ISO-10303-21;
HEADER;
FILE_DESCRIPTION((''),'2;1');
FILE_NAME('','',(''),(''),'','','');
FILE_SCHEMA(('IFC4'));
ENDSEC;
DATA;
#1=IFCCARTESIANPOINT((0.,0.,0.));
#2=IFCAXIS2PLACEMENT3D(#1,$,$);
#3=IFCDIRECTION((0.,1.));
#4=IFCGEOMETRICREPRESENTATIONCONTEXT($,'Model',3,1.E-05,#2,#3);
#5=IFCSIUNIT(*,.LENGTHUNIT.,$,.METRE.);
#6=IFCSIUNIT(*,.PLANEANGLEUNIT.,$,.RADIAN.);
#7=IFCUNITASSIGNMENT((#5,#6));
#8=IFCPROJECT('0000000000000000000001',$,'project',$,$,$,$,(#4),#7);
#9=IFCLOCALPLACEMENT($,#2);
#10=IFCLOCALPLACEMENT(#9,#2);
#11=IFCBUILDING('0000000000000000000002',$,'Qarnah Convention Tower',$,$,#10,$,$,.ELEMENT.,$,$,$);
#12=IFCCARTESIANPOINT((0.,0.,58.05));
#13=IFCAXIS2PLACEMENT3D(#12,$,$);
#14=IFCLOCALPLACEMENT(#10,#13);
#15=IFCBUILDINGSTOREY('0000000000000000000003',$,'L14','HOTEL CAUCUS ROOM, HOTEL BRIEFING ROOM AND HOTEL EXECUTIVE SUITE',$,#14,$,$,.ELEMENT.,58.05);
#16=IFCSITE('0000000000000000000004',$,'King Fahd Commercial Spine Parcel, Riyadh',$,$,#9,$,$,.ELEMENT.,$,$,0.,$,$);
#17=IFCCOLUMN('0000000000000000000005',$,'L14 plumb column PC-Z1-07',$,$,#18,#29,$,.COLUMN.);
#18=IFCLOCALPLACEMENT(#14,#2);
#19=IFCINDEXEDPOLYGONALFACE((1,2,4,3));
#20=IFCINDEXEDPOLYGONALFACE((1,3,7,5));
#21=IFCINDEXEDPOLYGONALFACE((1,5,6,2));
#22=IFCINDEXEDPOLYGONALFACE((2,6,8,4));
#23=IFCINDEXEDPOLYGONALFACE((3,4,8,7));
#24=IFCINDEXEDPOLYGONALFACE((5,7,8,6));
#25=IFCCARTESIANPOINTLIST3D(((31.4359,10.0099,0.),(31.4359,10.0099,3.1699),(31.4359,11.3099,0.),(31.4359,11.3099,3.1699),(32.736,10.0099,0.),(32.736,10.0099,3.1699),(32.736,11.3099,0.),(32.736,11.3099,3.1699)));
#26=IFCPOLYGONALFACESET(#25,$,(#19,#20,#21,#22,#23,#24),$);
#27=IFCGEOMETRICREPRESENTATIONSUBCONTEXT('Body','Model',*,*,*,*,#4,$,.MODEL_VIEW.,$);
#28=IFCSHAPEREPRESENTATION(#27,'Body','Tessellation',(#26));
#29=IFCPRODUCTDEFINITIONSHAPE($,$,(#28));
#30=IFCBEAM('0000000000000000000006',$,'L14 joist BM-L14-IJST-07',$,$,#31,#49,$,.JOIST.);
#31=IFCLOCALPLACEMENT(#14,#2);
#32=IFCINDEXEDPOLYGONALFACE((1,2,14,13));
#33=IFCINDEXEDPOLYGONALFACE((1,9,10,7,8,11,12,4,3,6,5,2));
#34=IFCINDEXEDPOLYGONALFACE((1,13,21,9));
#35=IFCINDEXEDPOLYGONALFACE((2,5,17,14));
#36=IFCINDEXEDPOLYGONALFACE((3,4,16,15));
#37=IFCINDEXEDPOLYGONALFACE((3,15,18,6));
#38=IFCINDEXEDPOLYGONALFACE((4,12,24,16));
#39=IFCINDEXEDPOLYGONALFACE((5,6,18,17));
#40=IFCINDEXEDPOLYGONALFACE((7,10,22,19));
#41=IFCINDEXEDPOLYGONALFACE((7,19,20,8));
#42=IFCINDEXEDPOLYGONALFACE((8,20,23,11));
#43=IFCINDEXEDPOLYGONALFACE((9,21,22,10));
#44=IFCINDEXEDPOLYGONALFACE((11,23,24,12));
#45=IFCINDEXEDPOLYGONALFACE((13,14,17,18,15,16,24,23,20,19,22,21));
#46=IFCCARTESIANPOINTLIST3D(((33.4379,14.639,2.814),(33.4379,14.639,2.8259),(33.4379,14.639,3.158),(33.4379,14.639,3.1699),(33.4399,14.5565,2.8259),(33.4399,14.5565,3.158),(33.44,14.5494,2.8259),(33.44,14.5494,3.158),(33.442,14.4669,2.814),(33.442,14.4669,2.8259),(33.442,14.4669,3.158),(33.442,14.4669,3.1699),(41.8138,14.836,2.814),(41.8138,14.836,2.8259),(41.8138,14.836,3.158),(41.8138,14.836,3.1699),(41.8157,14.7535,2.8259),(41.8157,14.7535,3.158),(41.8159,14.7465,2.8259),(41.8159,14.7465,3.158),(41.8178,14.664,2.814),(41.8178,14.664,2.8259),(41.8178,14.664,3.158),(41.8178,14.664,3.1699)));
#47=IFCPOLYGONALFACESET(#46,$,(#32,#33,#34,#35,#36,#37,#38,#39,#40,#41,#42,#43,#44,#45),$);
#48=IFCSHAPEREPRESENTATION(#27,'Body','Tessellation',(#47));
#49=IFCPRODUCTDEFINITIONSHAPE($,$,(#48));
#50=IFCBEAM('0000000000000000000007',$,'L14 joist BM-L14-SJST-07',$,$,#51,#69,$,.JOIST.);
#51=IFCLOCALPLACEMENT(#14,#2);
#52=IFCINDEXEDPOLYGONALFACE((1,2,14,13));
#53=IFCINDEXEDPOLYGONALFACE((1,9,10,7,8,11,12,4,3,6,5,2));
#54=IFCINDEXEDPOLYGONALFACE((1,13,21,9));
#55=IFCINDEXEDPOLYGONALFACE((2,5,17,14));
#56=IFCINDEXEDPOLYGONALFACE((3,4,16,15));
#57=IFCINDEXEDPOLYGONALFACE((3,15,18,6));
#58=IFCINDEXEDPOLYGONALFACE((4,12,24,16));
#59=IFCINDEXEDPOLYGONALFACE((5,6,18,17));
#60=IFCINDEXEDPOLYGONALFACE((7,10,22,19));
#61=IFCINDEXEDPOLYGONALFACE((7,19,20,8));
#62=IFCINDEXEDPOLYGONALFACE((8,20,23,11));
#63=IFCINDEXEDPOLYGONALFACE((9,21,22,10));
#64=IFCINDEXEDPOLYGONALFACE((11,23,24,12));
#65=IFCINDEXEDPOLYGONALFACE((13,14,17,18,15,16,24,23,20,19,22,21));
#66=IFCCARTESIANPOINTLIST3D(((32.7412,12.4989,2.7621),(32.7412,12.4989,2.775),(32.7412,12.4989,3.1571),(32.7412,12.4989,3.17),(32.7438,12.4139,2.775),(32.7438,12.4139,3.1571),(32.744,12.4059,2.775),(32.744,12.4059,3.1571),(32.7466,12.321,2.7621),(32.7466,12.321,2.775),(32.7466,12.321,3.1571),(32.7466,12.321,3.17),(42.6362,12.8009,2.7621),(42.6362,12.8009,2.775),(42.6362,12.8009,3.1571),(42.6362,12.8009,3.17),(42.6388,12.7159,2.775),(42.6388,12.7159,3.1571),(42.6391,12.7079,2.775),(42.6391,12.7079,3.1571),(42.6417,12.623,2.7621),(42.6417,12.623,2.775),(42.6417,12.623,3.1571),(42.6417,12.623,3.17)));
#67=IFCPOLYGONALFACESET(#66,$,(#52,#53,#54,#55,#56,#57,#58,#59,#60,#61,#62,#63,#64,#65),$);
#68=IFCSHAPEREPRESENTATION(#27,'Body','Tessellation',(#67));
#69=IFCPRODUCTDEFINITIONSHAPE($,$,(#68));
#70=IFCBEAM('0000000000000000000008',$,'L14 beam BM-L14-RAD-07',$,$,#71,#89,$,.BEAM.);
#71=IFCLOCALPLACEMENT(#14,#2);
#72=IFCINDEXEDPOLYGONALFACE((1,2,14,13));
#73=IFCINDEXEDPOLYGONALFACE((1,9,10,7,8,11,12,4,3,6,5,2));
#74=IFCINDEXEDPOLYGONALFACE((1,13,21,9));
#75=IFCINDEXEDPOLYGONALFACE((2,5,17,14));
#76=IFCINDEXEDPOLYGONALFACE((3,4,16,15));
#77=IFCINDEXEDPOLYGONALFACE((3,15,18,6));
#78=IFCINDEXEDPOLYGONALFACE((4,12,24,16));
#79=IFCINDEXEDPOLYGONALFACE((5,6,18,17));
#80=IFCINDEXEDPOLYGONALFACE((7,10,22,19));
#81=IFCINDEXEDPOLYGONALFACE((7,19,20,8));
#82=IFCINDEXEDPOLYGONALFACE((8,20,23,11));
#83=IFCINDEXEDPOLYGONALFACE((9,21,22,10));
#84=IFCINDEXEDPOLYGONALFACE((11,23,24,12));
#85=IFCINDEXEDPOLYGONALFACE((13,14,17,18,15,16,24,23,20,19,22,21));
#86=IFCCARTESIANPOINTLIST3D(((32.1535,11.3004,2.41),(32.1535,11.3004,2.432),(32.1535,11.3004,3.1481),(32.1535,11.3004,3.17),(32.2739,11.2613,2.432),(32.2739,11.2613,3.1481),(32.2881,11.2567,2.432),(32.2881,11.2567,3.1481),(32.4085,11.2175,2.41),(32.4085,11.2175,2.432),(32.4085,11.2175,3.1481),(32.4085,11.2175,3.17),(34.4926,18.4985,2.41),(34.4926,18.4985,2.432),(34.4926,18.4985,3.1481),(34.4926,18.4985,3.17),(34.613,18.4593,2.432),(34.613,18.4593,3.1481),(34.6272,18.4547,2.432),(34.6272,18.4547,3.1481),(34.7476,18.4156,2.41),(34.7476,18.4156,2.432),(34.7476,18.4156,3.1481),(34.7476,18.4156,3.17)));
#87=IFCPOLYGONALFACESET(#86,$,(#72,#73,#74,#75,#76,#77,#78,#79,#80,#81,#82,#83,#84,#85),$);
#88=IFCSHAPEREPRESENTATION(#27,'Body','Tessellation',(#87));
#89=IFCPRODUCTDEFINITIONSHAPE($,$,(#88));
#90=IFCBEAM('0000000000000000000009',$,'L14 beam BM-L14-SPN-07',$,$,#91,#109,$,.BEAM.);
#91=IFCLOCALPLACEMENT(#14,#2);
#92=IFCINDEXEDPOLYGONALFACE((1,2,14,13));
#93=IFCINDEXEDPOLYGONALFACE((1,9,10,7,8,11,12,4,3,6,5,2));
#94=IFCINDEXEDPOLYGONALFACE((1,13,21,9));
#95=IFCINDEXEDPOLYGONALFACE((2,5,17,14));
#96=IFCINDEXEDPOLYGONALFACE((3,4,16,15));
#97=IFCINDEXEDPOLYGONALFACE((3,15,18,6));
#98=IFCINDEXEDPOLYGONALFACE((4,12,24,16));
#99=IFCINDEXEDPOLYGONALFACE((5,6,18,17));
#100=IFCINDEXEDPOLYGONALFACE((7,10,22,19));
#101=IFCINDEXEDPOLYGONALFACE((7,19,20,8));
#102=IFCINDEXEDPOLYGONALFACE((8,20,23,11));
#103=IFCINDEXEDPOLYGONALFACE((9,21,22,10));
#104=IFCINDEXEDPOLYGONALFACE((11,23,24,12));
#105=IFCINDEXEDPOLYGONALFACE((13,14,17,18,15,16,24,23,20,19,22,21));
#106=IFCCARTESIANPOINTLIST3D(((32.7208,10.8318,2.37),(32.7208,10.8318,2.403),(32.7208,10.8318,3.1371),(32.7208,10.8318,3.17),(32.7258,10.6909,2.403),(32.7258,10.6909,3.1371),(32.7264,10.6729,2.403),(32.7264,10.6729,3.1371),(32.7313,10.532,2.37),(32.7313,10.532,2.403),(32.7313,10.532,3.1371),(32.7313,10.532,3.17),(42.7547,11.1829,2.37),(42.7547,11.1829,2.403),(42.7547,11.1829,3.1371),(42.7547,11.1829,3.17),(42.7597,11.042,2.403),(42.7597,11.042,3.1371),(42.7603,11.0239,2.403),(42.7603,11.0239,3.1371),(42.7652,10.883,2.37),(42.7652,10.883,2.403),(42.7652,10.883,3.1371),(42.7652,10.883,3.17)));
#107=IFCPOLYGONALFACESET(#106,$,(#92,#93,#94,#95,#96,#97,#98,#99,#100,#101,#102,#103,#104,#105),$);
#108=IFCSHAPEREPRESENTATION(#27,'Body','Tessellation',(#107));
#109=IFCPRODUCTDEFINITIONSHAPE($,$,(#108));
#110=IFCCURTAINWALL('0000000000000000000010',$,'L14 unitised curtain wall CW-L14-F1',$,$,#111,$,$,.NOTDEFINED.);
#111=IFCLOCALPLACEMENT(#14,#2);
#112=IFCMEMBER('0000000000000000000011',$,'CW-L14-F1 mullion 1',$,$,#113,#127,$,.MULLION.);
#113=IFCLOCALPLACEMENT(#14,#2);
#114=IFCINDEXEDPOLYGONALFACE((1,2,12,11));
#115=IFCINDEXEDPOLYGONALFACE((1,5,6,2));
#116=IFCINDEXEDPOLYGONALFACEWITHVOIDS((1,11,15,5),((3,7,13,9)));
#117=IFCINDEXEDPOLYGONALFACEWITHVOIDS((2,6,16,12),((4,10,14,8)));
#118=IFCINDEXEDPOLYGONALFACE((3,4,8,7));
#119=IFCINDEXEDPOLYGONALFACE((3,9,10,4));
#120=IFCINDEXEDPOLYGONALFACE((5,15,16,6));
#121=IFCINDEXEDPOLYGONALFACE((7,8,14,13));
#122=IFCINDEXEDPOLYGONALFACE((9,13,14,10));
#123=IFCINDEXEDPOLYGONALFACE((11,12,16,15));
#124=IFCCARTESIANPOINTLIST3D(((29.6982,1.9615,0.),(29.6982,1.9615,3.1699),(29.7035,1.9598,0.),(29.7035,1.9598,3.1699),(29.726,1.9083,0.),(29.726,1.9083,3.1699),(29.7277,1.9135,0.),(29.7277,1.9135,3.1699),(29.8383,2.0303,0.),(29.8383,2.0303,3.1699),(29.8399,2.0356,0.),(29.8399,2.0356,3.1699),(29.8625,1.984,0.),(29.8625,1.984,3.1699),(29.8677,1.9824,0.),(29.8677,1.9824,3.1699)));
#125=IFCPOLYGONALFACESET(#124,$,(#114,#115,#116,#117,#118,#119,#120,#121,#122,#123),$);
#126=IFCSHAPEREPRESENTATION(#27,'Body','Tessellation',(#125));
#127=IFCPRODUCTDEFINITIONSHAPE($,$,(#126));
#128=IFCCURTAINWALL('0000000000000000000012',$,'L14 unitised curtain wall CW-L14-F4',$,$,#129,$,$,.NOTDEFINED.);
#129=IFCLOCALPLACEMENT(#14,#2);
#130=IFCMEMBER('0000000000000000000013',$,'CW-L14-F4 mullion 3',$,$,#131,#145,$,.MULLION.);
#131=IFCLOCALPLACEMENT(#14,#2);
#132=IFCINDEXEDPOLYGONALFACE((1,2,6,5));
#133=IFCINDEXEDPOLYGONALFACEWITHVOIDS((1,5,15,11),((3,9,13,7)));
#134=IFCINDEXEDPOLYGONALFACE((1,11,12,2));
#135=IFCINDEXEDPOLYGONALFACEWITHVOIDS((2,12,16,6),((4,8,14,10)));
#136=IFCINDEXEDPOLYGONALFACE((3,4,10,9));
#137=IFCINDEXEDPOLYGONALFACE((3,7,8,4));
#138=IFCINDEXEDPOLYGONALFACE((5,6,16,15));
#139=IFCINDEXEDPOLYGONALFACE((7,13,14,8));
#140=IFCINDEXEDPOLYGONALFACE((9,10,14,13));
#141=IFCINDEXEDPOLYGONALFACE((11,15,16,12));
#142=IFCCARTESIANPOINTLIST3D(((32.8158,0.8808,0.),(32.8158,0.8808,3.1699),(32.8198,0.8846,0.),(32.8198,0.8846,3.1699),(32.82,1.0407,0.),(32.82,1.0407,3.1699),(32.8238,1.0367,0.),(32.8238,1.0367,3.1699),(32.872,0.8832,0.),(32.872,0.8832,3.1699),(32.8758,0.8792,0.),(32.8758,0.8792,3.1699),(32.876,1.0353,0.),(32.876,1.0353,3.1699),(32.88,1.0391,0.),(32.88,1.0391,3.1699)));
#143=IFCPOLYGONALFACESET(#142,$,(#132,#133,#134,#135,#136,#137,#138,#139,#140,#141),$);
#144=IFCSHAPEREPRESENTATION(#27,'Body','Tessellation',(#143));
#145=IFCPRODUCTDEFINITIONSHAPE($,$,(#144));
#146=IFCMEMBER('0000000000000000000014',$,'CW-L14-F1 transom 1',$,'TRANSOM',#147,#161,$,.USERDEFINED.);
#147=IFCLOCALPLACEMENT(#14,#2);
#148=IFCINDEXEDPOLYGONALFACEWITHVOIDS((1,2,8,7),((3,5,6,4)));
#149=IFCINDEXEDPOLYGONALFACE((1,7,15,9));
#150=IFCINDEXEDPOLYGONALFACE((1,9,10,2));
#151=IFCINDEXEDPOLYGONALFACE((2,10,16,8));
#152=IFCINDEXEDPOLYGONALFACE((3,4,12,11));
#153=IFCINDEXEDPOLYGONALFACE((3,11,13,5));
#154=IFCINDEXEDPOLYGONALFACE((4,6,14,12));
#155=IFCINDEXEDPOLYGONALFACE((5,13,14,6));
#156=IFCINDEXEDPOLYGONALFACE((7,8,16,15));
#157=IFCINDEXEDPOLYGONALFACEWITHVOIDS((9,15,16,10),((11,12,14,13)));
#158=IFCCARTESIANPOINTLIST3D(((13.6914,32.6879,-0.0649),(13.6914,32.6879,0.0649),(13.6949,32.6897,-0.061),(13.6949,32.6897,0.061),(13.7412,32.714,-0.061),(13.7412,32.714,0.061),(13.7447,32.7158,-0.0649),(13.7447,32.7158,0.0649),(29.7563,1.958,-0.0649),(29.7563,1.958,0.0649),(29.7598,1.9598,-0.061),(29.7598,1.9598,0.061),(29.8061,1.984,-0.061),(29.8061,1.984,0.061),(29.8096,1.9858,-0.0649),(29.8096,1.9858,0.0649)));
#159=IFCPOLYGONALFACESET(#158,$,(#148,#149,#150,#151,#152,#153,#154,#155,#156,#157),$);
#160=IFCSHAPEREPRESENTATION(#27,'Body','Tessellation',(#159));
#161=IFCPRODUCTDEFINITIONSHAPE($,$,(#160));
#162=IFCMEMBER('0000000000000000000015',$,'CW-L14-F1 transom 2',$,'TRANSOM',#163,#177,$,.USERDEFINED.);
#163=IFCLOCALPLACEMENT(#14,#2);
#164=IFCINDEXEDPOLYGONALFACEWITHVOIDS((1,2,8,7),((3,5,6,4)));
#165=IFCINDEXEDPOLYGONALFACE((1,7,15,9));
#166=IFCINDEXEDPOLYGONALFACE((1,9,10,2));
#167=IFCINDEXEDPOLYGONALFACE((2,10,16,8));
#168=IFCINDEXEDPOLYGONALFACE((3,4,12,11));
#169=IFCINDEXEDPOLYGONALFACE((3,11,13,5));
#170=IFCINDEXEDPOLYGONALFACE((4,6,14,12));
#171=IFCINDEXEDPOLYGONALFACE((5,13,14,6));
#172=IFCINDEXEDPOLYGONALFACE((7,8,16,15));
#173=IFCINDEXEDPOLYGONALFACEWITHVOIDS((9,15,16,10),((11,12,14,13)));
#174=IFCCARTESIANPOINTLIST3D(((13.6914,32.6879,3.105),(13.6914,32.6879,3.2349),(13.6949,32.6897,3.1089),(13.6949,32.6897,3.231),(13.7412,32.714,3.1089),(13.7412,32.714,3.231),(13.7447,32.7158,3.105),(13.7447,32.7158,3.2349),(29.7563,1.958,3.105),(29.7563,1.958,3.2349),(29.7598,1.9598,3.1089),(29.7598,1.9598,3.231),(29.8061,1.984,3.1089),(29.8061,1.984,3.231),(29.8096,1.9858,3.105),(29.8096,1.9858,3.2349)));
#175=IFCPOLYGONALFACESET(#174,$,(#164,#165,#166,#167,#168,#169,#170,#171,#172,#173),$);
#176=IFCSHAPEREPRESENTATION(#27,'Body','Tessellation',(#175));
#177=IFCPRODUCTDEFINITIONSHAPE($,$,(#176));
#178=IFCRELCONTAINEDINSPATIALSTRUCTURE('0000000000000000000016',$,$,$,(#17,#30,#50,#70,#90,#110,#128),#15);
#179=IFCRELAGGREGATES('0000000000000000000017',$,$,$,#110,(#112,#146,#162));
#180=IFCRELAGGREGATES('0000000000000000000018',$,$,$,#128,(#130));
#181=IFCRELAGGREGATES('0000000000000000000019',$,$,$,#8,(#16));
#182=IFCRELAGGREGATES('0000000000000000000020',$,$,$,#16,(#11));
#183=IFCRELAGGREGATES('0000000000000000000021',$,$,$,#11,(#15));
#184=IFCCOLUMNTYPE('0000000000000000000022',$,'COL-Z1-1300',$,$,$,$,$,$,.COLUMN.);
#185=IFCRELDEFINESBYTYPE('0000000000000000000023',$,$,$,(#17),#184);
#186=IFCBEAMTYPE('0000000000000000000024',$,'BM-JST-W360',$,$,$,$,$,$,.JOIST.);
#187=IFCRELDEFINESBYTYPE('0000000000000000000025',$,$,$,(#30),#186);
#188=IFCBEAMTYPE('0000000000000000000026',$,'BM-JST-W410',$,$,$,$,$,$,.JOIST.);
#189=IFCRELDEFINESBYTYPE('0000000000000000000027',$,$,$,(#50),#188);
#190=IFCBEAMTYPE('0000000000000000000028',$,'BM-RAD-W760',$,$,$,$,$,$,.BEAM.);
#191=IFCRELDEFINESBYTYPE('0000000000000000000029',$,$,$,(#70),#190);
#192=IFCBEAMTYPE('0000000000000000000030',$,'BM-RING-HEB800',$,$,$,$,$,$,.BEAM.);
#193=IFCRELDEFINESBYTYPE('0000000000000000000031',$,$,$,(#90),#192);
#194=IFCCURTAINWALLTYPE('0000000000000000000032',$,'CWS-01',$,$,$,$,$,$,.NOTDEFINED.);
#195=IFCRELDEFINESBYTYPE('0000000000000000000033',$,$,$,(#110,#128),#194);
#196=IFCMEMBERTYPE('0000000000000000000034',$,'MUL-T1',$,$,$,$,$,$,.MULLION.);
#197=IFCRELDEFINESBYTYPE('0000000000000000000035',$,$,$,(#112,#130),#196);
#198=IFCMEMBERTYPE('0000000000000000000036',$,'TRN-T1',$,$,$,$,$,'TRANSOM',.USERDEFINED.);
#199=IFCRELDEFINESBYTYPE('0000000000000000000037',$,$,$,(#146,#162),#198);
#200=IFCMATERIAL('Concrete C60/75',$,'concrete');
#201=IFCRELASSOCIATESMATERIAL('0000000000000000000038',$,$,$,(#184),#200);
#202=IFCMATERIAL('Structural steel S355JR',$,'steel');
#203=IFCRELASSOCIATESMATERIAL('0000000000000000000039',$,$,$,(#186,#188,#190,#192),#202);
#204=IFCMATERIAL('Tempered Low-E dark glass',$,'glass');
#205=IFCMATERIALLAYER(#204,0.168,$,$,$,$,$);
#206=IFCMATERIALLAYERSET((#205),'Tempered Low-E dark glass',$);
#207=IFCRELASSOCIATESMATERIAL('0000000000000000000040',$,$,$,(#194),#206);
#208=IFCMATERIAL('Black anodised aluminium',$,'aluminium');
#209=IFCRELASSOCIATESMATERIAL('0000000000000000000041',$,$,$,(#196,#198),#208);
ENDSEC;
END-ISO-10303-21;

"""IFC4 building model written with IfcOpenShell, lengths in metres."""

from ifc_helpers import new_model, si_unit, direction, frame, origin, origin_2d, place, context, subcontext, project, spatial, rectangle, hollow_rectangle, i_section, extrude, material, layer, layer_set, material_profile, profile_set, type_object, element, aggregate, save


model = new_model("IFC4")

# Units and contexts
model_context = context("Model", 3, precision=1e-05, world=origin(), true_north=direction((0.0, 1.0)))
body_context = subcontext(model_context, "Body", "Model", "MODEL_VIEW")
ifc_project = project(units=[si_unit("LENGTHUNIT", "METRE"), si_unit("PLANEANGLEUNIT", "RADIAN")], contexts=[model_context])

# Site, building, storey
site_placement = place(None, origin())
site = spatial("IfcSite", under=ifc_project, at=site_placement, Name="King Fahd Commercial Spine Parcel, Riyadh", CompositionType="ELEMENT", RefElevation=0.0)
building_placement = place(site_placement, origin())
building = spatial("IfcBuilding", under=site, at=building_placement, Name="Qarnah Convention Tower", CompositionType="ELEMENT")
storey_placement = place(building_placement, frame((0.0, 0.0, 58.05)))
storey = spatial("IfcBuildingStorey", under=building, at=storey_placement, Name="L14", Description="HOTEL CAUCUS ROOM, HOTEL BRIEFING ROOM AND HOTEL EXECUTIVE SUITE", CompositionType="ELEMENT", Elevation=58.05)

# Column
ifc_material_1 = material(Name="Concrete C60/75", Category="concrete")
ifc_material_profile_1 = material_profile(ifc_material_1, rectangle(XDim=1.3, YDim=1.3, at=origin_2d()), Name="RC-COL-1300X1300")
ifc_profile_set_1 = profile_set([ifc_material_profile_1], Name="Concrete C60/75")
column_type = type_object("IfcColumnType", Name="COL-Z1-1300", PredefinedType="COLUMN", material=ifc_profile_set_1)
column_placement = place(storey_placement, frame((32.0859, 10.6599, 0.0), z_axis=(0.0, 0.0, 1.0), x_axis=(1.0, 0.0, 0.0)))
element("IfcColumn", 1, at=column_placement, inside=storey, type_object=column_type, Name="L14 plumb column PC-Z1-07", PredefinedType="COLUMN", context=body_context, shape_type="SweptSolid", body=[
    extrude(rectangle(XDim=1.3, YDim=1.3, at=origin_2d()), origin(), (0.0, 0.0, 1.0), 3.1699),
])

# Beams
ifc_material_2 = material(Name="Structural steel S355JR", Category="steel")
ifc_material_profile_2 = material_profile(ifc_material_2, i_section(OverallWidth=0.1721, OverallDepth=0.356, WebThickness=0.0071, FlangeThickness=0.012, at=origin_2d()), Name="W360X51")
ifc_profile_set_2 = profile_set([ifc_material_profile_2], Name="Structural steel S355JR")
beam_type_1 = type_object("IfcBeamType", Name="BM-JST-W360", PredefinedType="JOIST", material=ifc_profile_set_2)
beam_1_placement = place(storey_placement, frame((33.4399, 14.553, 2.9919), z_axis=(0.999723, 0.023516, 0.0), x_axis=(-0.023516, 0.999723, 0.0)))
element("IfcBeam", 2, at=beam_1_placement, inside=storey, type_object=beam_type_1, Name="L14 joist BM-L14-IJST-07", PredefinedType="JOIST", context=body_context, shape_type="SweptSolid", body=[
    extrude(i_section(OverallWidth=0.1721, OverallDepth=0.356, WebThickness=0.0071, FlangeThickness=0.012, at=origin_2d()), origin(), (0.0, 0.0, 1.0), 8.3782),
])
ifc_material_profile_3 = material_profile(ifc_material_2, i_section(OverallWidth=0.178, OverallDepth=0.408, WebThickness=0.0081, FlangeThickness=0.0129, at=origin_2d()), Name="W410X60")
ifc_profile_set_3 = profile_set([ifc_material_profile_3], Name="Structural steel S355JR")
beam_type_2 = type_object("IfcBeamType", Name="BM-JST-W410", PredefinedType="JOIST", material=ifc_profile_set_3)
beam_2_placement = place(storey_placement, frame((32.7439, 12.4099, 2.9661), z_axis=(0.999535, 0.030506, 0.0), x_axis=(-0.030506, 0.999535, 0.0)))
element("IfcBeam", 3, at=beam_2_placement, inside=storey, type_object=beam_type_2, Name="L14 joist BM-L14-SJST-07", PredefinedType="JOIST", context=body_context, shape_type="SweptSolid", body=[
    extrude(i_section(OverallWidth=0.178, OverallDepth=0.408, WebThickness=0.0081, FlangeThickness=0.0129, at=origin_2d()), origin(), (0.0, 0.0, 1.0), 9.8997),
])
ifc_material_profile_4 = material_profile(ifc_material_2, i_section(OverallWidth=0.2681, OverallDepth=0.76, WebThickness=0.0149, FlangeThickness=0.022, at=origin_2d()), Name="W760X185")
ifc_profile_set_4 = profile_set([ifc_material_profile_4], Name="Structural steel S355JR")
beam_type_3 = type_object("IfcBeamType", Name="BM-RAD-W760", PredefinedType="BEAM", material=ifc_profile_set_4)
beam_3_placement = place(storey_placement, frame((34.6201, 18.457, 2.79), z_axis=(-0.309058, -0.951043, 0.0), x_axis=(0.951043, -0.309058, 0.0)))
element("IfcBeam", 4, at=beam_3_placement, inside=storey, type_object=beam_type_3, Name="L14 beam BM-L14-RAD-07", PredefinedType="BEAM", context=body_context, shape_type="SweptSolid", body=[
    extrude(i_section(OverallWidth=0.2681, OverallDepth=0.76, WebThickness=0.0149, FlangeThickness=0.022, at=origin_2d()), origin(), (0.0, 0.0, 1.0), 7.5686),
])
ifc_material_profile_5 = material_profile(ifc_material_2, i_section(OverallWidth=0.3, OverallDepth=0.8, WebThickness=0.0181, FlangeThickness=0.033, at=origin_2d()), Name="HEB800")
ifc_profile_set_5 = profile_set([ifc_material_profile_5], Name="Structural steel S355JR")
beam_type_4 = type_object("IfcBeamType", Name="BM-RING-HEB800", PredefinedType="BEAM", material=ifc_profile_set_5)
beam_4_placement = place(storey_placement, frame((32.7261, 10.6819, 2.77), z_axis=(0.999388, 0.034967, 0.0), x_axis=(-0.034967, 0.999388, 0.0)))
element("IfcBeam", 5, at=beam_4_placement, inside=storey, type_object=beam_type_4, Name="L14 beam BM-L14-SPN-07", PredefinedType="BEAM", context=body_context, shape_type="SweptSolid", body=[
    extrude(i_section(OverallWidth=0.3, OverallDepth=0.8, WebThickness=0.0181, FlangeThickness=0.033, at=origin_2d()), origin(), (0.0, 0.0, 1.0), 10.04),
])

# Curtain walls, members
ifc_material_3 = material(Name="Tempered Low-E dark glass", Category="glass")
ifc_layer_1 = layer(ifc_material_3, 0.168)
ifc_layer_set_1 = layer_set([ifc_layer_1], Name="Tempered Low-E dark glass")
curtain_wall_type = type_object("IfcCurtainWallType", Name="CWS-01", PredefinedType="NOTDEFINED", material=ifc_layer_set_1)
curtain_wall_1_placement = place(storey_placement, origin())
curtain_wall_1 = element("IfcCurtainWall", 6, at=curtain_wall_1_placement, inside=storey, type_object=curtain_wall_type, Name="L14 unitised curtain wall CW-L14-F1", PredefinedType="NOTDEFINED")
ifc_material_4 = material(Name="Black anodised aluminium", Category="aluminium")
ifc_material_profile_6 = material_profile(ifc_material_4, hollow_rectangle(XDim=0.0601, YDim=0.1599, WallThickness=0.0039, at=origin_2d()), Name="MUL-60X160")
ifc_profile_set_6 = profile_set([ifc_material_profile_6], Name="Black anodised aluminium")
member_type_1 = type_object("IfcMemberType", Name="MUL-T1", PredefinedType="MULLION", material=ifc_profile_set_6)
member_1_placement = place(storey_placement, frame((29.783, 1.9719, 0.0), z_axis=(0.0, 0.0, 1.0), x_axis=(-0.46329, 0.886207, 0.0)))
member_1 = element("IfcMember", 7, at=member_1_placement, type_object=member_type_1, Name="CW-L14-F1 mullion 1", PredefinedType="MULLION", context=body_context, shape_type="SweptSolid", body=[
    extrude(hollow_rectangle(XDim=0.0601, YDim=0.1599, WallThickness=0.0039, at=origin_2d()), origin(), (0.0, 0.0, 1.0), 3.1699),
])
curtain_wall_2_placement = place(storey_placement, origin())
curtain_wall_2 = element("IfcCurtainWall", 8, at=curtain_wall_2_placement, inside=storey, type_object=curtain_wall_type, Name="L14 unitised curtain wall CW-L14-F4", PredefinedType="NOTDEFINED")
member_2_placement = place(storey_placement, frame((32.8479, 0.96, 0.0), z_axis=(0.0, 0.0, 1.0), x_axis=(-0.99965, 0.026472, 0.0)))
member_2 = element("IfcMember", 9, at=member_2_placement, type_object=member_type_1, Name="CW-L14-F4 mullion 3", PredefinedType="MULLION", context=body_context, shape_type="SweptSolid", body=[
    extrude(hollow_rectangle(XDim=0.0601, YDim=0.1599, WallThickness=0.0039, at=origin_2d()), origin(), (0.0, 0.0, 1.0), 3.1699),
])

# Members
ifc_material_profile_7 = material_profile(ifc_material_4, hollow_rectangle(XDim=0.0601, YDim=0.1299, WallThickness=0.0039, at=origin_2d()), Name="TRN-60X130")
ifc_profile_set_7 = profile_set([ifc_material_profile_7], Name="Black anodised aluminium")
member_type_2 = type_object("IfcMemberType", Name="TRN-T1", ElementType="TRANSOM", PredefinedType="USERDEFINED", material=ifc_profile_set_7)
member_3_placement = place(storey_placement, frame((29.783, 1.9719, 0.0), z_axis=(-0.463289, 0.886207, 0.0), x_axis=(-0.886207, -0.463289, 0.0)))
member_3 = element("IfcMember", 10, at=member_3_placement, type_object=member_type_2, Name="CW-L14-F1 transom 1", ObjectType="TRANSOM", PredefinedType="USERDEFINED", context=body_context, shape_type="SweptSolid", body=[
    extrude(hollow_rectangle(XDim=0.0601, YDim=0.1299, WallThickness=0.0039, at=origin_2d()), origin(), (0.0, 0.0, 1.0), 34.6758),
])
member_4_placement = place(storey_placement, frame((29.783, 1.9719, 3.1699), z_axis=(-0.463289, 0.886207, 0.0), x_axis=(-0.886207, -0.463289, 0.0)))
member_4 = element("IfcMember", 11, at=member_4_placement, type_object=member_type_2, Name="CW-L14-F1 transom 2", ObjectType="TRANSOM", PredefinedType="USERDEFINED", context=body_context, shape_type="SweptSolid", body=[
    extrude(hollow_rectangle(XDim=0.0601, YDim=0.1299, WallThickness=0.0039, at=origin_2d()), origin(), (0.0, 0.0, 1.0), 34.6758),
])

aggregate(curtain_wall_1, [member_1, member_3, member_4])
aggregate(curtain_wall_2, [member_2])

save(model, "model.ifc")
